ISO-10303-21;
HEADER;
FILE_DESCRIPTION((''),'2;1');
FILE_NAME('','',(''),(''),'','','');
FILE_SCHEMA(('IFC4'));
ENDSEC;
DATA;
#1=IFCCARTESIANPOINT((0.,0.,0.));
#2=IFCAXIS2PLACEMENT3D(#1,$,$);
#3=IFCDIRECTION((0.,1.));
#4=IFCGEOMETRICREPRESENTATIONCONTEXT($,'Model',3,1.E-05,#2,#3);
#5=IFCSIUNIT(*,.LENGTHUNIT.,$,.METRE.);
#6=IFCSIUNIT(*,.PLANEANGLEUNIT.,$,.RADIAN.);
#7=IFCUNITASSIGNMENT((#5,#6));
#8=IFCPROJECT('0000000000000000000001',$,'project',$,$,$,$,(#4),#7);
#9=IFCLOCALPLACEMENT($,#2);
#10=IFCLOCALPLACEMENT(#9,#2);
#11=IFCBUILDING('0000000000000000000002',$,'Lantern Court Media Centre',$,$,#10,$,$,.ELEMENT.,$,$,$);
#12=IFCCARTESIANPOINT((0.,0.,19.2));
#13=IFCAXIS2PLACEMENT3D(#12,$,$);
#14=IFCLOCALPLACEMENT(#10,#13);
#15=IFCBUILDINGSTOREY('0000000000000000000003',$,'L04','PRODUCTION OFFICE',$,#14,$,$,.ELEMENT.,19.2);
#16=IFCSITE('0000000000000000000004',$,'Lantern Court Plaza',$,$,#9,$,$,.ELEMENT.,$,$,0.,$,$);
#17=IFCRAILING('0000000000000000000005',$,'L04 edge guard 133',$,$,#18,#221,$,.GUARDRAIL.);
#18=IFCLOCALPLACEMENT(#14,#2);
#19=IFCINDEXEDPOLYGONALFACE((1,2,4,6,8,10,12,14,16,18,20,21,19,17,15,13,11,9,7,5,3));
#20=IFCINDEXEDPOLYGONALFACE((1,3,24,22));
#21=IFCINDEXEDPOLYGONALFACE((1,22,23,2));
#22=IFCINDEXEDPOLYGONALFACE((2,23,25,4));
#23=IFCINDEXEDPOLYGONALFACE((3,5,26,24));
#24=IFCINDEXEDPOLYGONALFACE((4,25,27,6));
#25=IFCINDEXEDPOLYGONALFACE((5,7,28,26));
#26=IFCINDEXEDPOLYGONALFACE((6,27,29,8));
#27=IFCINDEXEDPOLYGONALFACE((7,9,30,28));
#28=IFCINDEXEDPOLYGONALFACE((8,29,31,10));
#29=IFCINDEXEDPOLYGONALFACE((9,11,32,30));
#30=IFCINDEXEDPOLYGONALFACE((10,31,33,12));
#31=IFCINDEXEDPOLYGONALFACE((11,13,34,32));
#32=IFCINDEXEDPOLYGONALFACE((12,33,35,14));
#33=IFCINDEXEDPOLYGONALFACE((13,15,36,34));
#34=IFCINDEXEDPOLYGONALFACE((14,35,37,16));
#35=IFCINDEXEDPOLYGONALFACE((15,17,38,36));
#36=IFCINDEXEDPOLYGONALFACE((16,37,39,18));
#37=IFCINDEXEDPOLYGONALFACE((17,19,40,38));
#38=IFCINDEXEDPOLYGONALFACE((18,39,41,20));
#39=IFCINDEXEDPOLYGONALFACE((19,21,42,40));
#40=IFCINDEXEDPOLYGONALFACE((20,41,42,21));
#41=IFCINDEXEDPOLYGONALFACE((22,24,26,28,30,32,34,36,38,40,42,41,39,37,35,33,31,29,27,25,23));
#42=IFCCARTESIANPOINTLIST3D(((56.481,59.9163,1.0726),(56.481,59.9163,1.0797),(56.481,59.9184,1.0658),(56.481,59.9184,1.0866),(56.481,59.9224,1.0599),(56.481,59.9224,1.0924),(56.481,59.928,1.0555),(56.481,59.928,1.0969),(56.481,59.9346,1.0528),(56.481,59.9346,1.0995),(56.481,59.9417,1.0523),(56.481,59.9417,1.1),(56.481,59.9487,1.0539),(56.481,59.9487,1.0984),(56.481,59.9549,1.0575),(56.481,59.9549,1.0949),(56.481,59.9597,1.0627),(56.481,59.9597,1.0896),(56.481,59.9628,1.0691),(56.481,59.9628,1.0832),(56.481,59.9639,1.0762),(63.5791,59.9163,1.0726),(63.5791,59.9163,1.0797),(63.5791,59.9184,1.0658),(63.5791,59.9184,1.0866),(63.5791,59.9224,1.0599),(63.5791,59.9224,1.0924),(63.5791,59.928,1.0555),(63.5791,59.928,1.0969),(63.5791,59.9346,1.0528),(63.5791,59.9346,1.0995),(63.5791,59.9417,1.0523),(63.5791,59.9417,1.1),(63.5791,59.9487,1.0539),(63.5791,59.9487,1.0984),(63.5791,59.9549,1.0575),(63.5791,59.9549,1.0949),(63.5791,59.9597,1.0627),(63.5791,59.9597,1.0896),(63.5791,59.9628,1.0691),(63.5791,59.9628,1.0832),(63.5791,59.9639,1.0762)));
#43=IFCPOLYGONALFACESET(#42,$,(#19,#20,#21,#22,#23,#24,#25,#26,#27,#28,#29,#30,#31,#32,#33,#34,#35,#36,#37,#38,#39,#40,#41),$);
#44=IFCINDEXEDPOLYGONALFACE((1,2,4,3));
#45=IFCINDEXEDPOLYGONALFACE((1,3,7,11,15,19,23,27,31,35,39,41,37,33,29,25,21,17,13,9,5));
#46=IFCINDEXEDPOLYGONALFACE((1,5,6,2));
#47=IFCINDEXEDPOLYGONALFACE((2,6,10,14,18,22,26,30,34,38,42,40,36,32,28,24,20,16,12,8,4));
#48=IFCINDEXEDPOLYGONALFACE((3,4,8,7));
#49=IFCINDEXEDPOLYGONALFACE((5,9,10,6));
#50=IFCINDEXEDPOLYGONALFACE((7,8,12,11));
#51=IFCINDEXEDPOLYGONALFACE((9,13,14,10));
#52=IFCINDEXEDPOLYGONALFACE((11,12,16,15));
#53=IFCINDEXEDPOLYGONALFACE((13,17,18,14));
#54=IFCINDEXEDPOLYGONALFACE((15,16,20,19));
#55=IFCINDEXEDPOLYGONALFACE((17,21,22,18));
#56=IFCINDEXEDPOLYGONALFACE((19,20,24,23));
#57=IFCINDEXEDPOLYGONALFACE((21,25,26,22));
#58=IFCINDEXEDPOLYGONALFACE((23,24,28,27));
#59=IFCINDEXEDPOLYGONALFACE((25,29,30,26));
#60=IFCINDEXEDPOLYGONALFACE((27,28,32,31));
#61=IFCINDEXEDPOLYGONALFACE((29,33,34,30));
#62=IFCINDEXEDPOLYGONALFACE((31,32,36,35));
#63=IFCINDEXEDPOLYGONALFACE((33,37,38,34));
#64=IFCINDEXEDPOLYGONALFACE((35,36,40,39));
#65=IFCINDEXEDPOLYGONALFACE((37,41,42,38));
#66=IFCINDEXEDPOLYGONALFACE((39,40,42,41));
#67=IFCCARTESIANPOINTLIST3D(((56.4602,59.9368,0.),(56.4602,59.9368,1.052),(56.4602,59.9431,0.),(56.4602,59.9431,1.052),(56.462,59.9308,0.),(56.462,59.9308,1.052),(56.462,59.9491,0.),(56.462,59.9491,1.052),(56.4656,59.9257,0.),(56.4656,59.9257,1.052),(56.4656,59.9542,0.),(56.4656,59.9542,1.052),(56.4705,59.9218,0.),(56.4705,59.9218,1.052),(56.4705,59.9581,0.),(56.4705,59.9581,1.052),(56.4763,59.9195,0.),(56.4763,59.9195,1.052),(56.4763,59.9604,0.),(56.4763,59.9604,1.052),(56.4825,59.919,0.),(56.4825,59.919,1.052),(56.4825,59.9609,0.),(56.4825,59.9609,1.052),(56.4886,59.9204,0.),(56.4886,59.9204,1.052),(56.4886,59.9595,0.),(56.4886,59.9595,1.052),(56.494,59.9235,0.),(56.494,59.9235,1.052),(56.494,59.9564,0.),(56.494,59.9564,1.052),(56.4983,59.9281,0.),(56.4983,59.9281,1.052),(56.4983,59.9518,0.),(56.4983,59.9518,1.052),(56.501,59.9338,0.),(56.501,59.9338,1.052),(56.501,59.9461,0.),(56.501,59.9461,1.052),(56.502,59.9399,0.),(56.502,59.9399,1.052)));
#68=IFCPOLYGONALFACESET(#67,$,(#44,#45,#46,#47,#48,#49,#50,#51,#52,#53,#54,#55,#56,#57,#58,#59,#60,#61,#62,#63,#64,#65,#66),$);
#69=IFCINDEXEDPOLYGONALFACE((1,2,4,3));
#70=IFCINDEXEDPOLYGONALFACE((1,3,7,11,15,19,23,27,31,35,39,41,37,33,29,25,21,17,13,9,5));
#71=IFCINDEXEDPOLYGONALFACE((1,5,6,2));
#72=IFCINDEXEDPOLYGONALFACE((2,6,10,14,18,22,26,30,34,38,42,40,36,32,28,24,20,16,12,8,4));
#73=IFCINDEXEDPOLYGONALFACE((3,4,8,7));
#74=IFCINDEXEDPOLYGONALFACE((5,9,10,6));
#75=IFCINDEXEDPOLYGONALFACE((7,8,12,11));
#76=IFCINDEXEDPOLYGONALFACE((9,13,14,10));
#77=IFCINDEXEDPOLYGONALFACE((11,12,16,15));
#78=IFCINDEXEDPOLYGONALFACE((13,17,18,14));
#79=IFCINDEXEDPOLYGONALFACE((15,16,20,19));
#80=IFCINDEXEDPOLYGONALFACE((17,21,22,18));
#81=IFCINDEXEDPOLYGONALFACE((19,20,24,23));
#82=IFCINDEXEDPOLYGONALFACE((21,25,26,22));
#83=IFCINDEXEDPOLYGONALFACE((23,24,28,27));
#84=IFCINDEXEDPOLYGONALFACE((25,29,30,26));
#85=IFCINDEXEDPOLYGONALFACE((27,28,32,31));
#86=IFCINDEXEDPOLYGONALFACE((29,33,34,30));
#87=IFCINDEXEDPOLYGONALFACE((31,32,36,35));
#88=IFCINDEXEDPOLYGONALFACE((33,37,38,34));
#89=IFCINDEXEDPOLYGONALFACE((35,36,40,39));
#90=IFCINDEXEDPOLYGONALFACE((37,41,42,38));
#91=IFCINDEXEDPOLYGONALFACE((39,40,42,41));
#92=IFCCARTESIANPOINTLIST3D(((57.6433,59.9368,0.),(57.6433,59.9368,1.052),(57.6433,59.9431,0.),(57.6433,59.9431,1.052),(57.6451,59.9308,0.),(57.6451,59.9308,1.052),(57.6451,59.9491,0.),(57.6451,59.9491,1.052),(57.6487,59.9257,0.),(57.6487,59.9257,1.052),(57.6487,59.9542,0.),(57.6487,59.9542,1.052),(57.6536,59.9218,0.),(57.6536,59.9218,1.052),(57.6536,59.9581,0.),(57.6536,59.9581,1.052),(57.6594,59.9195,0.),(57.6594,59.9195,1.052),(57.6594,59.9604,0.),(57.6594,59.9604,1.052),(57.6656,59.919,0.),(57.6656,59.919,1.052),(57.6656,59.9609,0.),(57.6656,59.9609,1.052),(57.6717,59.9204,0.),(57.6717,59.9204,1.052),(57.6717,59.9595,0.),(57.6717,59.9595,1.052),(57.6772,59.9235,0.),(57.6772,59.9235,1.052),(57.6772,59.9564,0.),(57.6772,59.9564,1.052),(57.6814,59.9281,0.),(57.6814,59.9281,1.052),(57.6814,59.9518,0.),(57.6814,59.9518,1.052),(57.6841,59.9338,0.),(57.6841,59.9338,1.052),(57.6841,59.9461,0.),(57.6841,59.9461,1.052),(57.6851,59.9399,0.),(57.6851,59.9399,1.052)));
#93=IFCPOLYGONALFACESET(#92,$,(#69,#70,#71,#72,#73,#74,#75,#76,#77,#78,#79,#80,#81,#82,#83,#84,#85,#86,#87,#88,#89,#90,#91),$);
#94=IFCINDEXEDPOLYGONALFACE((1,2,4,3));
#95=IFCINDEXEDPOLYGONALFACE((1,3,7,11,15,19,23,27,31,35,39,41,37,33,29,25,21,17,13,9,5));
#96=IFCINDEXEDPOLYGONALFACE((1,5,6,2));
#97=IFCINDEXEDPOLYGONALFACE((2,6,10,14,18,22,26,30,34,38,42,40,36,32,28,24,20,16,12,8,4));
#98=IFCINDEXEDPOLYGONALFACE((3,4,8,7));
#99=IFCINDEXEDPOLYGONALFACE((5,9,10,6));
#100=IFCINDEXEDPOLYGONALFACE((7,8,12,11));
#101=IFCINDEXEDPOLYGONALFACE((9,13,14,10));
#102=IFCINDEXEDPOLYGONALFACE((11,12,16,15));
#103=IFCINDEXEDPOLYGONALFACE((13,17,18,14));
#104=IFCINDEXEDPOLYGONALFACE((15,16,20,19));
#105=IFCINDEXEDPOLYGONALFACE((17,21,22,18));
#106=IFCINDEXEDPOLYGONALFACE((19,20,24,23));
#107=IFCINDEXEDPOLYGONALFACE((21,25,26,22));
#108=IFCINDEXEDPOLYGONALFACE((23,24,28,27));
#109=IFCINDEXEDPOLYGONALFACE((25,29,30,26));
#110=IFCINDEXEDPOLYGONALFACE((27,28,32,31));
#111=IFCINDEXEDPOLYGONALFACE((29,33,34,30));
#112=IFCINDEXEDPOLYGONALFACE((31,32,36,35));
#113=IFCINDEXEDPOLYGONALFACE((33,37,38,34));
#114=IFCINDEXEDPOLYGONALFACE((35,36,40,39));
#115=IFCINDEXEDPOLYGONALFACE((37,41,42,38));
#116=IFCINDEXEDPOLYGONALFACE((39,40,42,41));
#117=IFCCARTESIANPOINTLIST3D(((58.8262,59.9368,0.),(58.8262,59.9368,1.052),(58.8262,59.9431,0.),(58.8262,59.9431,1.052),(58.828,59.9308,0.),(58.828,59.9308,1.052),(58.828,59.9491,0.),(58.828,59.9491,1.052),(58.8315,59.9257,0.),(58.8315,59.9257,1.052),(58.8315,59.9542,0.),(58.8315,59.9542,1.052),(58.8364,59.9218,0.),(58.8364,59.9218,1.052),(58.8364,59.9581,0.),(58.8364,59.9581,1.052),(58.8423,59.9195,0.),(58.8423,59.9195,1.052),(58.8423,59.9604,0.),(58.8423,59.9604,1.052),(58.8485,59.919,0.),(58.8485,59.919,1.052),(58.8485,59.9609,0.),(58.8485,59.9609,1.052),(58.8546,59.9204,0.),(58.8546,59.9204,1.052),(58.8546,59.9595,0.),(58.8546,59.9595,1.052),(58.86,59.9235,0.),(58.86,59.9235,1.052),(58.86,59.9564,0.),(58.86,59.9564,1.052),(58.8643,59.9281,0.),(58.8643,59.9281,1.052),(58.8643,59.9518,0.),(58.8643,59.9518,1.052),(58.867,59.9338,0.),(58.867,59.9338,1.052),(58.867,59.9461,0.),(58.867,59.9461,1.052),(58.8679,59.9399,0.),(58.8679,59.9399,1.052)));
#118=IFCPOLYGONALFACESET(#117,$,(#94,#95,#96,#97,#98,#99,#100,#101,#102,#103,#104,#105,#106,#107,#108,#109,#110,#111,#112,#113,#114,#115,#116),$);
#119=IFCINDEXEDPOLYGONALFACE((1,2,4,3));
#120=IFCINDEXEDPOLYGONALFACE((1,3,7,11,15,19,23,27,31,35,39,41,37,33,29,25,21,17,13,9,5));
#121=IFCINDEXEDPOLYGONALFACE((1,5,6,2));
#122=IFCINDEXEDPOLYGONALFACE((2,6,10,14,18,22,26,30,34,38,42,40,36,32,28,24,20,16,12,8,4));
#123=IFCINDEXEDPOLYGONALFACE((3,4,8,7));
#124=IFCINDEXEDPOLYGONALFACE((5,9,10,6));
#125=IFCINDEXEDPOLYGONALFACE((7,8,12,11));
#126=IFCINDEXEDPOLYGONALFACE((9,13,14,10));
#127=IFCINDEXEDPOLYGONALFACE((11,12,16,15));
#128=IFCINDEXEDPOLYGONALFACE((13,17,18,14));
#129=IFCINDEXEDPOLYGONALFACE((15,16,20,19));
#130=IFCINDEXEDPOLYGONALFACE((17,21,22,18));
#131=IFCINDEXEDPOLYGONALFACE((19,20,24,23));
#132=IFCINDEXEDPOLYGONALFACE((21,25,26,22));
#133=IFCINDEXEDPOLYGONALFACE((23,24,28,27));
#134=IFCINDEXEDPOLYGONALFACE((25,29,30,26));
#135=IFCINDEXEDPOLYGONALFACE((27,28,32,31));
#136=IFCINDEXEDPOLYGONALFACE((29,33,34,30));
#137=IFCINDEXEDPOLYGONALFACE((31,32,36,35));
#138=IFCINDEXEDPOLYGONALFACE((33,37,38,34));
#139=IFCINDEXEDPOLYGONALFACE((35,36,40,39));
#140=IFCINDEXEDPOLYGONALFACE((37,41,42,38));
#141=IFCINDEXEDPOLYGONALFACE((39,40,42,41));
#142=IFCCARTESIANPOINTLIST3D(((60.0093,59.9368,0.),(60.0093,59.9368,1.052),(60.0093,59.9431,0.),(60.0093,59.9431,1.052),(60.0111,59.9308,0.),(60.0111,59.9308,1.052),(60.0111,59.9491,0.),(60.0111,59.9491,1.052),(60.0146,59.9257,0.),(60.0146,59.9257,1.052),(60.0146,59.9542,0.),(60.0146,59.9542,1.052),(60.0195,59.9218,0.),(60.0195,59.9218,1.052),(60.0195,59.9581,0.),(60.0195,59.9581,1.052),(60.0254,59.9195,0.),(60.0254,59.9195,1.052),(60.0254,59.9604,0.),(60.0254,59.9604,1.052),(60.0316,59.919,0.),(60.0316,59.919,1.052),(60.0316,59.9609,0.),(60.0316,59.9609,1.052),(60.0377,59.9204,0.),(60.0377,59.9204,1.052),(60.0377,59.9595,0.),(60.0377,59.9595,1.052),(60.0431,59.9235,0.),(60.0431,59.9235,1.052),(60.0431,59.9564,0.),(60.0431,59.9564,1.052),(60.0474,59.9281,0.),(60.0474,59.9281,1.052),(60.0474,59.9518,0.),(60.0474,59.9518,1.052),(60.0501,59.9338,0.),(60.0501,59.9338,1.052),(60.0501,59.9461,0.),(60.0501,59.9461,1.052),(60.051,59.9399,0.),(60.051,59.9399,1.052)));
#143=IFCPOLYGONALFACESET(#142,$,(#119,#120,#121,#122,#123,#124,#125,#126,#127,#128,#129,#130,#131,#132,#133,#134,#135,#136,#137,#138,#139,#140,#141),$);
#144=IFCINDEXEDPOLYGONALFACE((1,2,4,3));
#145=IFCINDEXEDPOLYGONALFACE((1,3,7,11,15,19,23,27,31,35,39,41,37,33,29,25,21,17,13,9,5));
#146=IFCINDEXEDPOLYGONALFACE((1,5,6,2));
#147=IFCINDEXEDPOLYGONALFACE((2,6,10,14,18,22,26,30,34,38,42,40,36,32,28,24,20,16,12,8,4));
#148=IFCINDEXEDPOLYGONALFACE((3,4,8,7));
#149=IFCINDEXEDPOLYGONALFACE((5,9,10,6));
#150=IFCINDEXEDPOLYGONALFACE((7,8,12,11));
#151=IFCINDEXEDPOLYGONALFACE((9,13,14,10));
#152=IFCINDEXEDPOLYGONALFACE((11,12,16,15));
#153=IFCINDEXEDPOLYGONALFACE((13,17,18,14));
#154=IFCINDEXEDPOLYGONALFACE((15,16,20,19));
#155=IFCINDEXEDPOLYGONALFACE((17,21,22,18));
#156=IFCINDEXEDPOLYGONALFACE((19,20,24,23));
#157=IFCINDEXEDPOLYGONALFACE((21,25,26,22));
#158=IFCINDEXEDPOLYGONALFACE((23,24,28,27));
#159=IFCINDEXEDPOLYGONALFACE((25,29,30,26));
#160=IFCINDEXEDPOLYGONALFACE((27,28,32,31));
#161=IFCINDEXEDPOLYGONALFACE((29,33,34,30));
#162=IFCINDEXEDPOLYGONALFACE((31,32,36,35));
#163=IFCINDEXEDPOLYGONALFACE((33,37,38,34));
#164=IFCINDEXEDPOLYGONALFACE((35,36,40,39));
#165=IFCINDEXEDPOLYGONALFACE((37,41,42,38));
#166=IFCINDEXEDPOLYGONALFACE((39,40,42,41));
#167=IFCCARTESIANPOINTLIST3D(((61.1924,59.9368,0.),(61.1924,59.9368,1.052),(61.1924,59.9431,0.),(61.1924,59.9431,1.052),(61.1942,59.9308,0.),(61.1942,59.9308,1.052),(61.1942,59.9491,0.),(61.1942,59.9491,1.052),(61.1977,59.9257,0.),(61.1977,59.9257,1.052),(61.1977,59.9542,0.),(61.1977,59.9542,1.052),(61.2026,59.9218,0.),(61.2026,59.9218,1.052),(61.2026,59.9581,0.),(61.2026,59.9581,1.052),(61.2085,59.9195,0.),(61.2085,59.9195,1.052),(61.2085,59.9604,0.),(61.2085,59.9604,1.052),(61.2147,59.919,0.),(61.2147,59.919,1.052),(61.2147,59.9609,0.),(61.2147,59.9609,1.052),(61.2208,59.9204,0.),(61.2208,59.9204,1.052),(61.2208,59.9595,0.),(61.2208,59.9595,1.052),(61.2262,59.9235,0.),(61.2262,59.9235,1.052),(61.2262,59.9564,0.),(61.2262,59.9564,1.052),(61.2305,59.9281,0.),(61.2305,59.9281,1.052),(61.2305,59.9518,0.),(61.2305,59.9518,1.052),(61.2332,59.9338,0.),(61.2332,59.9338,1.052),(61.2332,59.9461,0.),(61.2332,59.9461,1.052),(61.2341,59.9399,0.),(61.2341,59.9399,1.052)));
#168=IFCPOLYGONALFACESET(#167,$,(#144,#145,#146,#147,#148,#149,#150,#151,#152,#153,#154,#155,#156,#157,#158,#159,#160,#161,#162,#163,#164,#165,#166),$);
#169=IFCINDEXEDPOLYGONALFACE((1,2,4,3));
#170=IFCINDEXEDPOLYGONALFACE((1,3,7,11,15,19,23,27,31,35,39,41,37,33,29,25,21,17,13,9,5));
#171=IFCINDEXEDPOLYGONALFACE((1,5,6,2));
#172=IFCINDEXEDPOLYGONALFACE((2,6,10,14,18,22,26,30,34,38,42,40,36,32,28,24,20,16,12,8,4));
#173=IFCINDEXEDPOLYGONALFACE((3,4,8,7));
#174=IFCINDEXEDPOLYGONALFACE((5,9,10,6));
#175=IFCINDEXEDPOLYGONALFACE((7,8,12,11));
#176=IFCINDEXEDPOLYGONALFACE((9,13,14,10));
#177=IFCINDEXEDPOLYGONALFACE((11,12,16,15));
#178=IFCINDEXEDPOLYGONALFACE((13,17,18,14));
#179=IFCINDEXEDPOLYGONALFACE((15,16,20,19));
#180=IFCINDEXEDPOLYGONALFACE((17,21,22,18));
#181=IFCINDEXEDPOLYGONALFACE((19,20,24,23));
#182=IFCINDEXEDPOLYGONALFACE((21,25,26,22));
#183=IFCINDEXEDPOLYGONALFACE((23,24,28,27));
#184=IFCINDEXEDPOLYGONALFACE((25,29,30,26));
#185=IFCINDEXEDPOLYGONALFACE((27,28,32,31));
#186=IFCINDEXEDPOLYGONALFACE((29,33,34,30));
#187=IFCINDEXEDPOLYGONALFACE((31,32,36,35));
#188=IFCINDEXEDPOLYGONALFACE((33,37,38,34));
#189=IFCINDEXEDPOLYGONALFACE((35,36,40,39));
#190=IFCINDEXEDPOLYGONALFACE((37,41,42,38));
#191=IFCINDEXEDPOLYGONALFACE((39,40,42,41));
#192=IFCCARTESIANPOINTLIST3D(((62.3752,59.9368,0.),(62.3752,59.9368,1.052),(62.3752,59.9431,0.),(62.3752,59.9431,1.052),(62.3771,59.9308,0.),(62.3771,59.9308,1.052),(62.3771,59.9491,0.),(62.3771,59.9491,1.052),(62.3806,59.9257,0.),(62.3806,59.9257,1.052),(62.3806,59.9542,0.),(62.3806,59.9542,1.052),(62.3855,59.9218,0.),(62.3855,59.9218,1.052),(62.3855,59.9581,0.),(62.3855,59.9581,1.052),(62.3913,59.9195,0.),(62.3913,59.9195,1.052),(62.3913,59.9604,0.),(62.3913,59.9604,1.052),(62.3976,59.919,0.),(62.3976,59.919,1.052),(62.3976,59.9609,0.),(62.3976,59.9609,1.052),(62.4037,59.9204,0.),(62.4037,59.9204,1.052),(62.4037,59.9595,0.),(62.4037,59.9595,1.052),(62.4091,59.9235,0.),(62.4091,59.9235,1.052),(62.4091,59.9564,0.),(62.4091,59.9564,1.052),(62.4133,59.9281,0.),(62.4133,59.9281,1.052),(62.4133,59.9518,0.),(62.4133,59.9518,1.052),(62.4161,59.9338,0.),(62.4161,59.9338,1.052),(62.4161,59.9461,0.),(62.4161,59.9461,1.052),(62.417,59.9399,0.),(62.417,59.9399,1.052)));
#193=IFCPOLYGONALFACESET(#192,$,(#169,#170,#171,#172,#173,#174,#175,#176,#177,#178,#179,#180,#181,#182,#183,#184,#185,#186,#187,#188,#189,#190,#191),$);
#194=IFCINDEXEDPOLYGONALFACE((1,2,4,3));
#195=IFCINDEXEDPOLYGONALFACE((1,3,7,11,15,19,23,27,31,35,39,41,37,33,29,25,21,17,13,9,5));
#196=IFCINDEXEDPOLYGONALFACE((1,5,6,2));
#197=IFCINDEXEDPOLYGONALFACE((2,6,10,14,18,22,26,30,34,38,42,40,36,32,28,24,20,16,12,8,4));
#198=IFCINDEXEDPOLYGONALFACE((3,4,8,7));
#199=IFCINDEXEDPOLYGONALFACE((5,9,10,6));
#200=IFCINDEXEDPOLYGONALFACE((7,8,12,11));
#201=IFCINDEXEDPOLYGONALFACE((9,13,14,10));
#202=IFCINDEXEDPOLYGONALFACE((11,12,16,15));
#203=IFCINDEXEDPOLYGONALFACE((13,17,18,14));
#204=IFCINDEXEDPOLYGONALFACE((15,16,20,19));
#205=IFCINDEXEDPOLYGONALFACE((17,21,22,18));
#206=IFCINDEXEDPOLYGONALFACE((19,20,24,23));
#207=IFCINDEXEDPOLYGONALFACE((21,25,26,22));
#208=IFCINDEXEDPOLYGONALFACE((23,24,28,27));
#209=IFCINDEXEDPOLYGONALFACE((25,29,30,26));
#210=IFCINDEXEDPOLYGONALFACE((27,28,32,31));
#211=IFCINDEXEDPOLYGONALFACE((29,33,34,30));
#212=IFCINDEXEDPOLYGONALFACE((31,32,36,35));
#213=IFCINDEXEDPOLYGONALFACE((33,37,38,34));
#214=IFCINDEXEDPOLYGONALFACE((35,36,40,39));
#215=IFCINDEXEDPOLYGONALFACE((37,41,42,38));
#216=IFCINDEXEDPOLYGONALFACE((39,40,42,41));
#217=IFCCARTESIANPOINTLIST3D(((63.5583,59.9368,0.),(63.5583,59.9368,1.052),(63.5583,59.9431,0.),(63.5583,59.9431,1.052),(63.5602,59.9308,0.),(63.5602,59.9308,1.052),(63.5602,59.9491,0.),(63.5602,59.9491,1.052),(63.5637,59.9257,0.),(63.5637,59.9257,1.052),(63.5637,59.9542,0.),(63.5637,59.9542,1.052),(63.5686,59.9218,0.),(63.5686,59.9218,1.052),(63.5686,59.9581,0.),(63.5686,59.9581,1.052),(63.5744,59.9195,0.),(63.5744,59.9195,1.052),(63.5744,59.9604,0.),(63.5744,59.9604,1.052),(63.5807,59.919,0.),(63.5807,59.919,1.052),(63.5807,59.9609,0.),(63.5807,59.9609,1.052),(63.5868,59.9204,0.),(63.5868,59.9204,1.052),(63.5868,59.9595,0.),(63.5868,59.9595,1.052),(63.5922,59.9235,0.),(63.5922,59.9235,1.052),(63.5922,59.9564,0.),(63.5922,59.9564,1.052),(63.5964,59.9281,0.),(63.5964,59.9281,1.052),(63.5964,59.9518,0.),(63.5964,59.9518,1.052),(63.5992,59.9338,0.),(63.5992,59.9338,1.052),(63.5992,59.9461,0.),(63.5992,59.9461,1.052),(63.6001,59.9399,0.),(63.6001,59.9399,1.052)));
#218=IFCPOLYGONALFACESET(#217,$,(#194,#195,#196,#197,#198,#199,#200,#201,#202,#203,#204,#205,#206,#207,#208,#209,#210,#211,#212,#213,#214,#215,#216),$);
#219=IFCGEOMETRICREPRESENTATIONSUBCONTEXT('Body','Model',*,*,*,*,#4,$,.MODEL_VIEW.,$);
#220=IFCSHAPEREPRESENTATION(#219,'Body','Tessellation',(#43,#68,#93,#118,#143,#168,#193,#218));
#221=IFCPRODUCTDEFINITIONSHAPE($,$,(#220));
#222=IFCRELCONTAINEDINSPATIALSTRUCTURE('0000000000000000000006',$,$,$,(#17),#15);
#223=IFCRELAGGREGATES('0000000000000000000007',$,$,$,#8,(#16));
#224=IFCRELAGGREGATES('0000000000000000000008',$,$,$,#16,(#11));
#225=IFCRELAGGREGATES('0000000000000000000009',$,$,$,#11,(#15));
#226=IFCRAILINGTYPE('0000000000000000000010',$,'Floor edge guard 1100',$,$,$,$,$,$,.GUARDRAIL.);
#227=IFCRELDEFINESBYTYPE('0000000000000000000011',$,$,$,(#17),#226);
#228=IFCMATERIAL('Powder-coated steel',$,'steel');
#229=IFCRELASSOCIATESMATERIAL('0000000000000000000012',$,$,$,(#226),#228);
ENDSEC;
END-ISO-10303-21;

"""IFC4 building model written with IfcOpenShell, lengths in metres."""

from ifc_helpers import new_model, si_unit, direction, frame, origin, origin_2d, place, context, subcontext, project, spatial, circle, extrude, material, type_object, element, save


model = new_model("IFC4")

# Units and contexts
model_context = context("Model", 3, precision=1e-05, world=origin(), true_north=direction((0.0, 1.0)))
body_context = subcontext(model_context, "Body", "Model", "MODEL_VIEW")
ifc_project = project(units=[si_unit("LENGTHUNIT", "METRE"), si_unit("PLANEANGLEUNIT", "RADIAN")], contexts=[model_context])

# Site, building, storey
site_placement = place(None, origin())
site = spatial("IfcSite", under=ifc_project, at=site_placement, Name="Lantern Court Plaza", CompositionType="ELEMENT", RefElevation=0.0)
building_placement = place(site_placement, origin())
building = spatial("IfcBuilding", under=site, at=building_placement, Name="Lantern Court Media Centre", CompositionType="ELEMENT")
storey_placement = place(building_placement, frame((0.0, 0.0, 19.2)))
storey = spatial("IfcBuildingStorey", under=building, at=storey_placement, Name="L04", Description="PRODUCTION OFFICE", CompositionType="ELEMENT", Elevation=19.2)

# Railing
ifc_material_1 = material(Name="Powder-coated steel", Category="steel")
railing_type_1 = type_object("IfcRailingType", Name="Floor edge guard 1100", PredefinedType="GUARDRAIL", material=ifc_material_1)
railing_1_placement = place(storey_placement, frame((56.481, 59.9399, 0.0)))
element("IfcRailing", 1, at=railing_1_placement, inside=storey, type_object=railing_type_1, Name="L04 edge guard 133", PredefinedType="GUARDRAIL", context=body_context, shape_type="SweptSolid", body=[
    extrude(circle(Radius=0.0239, at=origin_2d()), frame((0.0, 0.0, 1.0762), z_axis=(1.0, 0.0, 0.0), x_axis=(0.0, 1.0, 0.0)), (0.0, 0.0, 1.0), 7.0981),
    extrude(circle(Radius=0.021, at=origin_2d()), origin(), (0.0, 0.0, 1.0), 1.052),
    extrude(circle(Radius=0.021, at=origin_2d()), frame((1.1831, 0.0, 0.0)), (0.0, 0.0, 1.0), 1.052),
    extrude(circle(Radius=0.021, at=origin_2d()), frame((2.366, 0.0, 0.0)), (0.0, 0.0, 1.0), 1.052),
    extrude(circle(Radius=0.021, at=origin_2d()), frame((3.5491, 0.0, 0.0)), (0.0, 0.0, 1.0), 1.052),
    extrude(circle(Radius=0.021, at=origin_2d()), frame((4.7322, 0.0, 0.0)), (0.0, 0.0, 1.0), 1.052),
    extrude(circle(Radius=0.021, at=origin_2d()), frame((5.915, 0.0, 0.0)), (0.0, 0.0, 1.0), 1.052),
    extrude(circle(Radius=0.021, at=origin_2d()), frame((7.0981, 0.0, 0.0)), (0.0, 0.0, 1.0), 1.052),
])

save(model, "model.ifc")
